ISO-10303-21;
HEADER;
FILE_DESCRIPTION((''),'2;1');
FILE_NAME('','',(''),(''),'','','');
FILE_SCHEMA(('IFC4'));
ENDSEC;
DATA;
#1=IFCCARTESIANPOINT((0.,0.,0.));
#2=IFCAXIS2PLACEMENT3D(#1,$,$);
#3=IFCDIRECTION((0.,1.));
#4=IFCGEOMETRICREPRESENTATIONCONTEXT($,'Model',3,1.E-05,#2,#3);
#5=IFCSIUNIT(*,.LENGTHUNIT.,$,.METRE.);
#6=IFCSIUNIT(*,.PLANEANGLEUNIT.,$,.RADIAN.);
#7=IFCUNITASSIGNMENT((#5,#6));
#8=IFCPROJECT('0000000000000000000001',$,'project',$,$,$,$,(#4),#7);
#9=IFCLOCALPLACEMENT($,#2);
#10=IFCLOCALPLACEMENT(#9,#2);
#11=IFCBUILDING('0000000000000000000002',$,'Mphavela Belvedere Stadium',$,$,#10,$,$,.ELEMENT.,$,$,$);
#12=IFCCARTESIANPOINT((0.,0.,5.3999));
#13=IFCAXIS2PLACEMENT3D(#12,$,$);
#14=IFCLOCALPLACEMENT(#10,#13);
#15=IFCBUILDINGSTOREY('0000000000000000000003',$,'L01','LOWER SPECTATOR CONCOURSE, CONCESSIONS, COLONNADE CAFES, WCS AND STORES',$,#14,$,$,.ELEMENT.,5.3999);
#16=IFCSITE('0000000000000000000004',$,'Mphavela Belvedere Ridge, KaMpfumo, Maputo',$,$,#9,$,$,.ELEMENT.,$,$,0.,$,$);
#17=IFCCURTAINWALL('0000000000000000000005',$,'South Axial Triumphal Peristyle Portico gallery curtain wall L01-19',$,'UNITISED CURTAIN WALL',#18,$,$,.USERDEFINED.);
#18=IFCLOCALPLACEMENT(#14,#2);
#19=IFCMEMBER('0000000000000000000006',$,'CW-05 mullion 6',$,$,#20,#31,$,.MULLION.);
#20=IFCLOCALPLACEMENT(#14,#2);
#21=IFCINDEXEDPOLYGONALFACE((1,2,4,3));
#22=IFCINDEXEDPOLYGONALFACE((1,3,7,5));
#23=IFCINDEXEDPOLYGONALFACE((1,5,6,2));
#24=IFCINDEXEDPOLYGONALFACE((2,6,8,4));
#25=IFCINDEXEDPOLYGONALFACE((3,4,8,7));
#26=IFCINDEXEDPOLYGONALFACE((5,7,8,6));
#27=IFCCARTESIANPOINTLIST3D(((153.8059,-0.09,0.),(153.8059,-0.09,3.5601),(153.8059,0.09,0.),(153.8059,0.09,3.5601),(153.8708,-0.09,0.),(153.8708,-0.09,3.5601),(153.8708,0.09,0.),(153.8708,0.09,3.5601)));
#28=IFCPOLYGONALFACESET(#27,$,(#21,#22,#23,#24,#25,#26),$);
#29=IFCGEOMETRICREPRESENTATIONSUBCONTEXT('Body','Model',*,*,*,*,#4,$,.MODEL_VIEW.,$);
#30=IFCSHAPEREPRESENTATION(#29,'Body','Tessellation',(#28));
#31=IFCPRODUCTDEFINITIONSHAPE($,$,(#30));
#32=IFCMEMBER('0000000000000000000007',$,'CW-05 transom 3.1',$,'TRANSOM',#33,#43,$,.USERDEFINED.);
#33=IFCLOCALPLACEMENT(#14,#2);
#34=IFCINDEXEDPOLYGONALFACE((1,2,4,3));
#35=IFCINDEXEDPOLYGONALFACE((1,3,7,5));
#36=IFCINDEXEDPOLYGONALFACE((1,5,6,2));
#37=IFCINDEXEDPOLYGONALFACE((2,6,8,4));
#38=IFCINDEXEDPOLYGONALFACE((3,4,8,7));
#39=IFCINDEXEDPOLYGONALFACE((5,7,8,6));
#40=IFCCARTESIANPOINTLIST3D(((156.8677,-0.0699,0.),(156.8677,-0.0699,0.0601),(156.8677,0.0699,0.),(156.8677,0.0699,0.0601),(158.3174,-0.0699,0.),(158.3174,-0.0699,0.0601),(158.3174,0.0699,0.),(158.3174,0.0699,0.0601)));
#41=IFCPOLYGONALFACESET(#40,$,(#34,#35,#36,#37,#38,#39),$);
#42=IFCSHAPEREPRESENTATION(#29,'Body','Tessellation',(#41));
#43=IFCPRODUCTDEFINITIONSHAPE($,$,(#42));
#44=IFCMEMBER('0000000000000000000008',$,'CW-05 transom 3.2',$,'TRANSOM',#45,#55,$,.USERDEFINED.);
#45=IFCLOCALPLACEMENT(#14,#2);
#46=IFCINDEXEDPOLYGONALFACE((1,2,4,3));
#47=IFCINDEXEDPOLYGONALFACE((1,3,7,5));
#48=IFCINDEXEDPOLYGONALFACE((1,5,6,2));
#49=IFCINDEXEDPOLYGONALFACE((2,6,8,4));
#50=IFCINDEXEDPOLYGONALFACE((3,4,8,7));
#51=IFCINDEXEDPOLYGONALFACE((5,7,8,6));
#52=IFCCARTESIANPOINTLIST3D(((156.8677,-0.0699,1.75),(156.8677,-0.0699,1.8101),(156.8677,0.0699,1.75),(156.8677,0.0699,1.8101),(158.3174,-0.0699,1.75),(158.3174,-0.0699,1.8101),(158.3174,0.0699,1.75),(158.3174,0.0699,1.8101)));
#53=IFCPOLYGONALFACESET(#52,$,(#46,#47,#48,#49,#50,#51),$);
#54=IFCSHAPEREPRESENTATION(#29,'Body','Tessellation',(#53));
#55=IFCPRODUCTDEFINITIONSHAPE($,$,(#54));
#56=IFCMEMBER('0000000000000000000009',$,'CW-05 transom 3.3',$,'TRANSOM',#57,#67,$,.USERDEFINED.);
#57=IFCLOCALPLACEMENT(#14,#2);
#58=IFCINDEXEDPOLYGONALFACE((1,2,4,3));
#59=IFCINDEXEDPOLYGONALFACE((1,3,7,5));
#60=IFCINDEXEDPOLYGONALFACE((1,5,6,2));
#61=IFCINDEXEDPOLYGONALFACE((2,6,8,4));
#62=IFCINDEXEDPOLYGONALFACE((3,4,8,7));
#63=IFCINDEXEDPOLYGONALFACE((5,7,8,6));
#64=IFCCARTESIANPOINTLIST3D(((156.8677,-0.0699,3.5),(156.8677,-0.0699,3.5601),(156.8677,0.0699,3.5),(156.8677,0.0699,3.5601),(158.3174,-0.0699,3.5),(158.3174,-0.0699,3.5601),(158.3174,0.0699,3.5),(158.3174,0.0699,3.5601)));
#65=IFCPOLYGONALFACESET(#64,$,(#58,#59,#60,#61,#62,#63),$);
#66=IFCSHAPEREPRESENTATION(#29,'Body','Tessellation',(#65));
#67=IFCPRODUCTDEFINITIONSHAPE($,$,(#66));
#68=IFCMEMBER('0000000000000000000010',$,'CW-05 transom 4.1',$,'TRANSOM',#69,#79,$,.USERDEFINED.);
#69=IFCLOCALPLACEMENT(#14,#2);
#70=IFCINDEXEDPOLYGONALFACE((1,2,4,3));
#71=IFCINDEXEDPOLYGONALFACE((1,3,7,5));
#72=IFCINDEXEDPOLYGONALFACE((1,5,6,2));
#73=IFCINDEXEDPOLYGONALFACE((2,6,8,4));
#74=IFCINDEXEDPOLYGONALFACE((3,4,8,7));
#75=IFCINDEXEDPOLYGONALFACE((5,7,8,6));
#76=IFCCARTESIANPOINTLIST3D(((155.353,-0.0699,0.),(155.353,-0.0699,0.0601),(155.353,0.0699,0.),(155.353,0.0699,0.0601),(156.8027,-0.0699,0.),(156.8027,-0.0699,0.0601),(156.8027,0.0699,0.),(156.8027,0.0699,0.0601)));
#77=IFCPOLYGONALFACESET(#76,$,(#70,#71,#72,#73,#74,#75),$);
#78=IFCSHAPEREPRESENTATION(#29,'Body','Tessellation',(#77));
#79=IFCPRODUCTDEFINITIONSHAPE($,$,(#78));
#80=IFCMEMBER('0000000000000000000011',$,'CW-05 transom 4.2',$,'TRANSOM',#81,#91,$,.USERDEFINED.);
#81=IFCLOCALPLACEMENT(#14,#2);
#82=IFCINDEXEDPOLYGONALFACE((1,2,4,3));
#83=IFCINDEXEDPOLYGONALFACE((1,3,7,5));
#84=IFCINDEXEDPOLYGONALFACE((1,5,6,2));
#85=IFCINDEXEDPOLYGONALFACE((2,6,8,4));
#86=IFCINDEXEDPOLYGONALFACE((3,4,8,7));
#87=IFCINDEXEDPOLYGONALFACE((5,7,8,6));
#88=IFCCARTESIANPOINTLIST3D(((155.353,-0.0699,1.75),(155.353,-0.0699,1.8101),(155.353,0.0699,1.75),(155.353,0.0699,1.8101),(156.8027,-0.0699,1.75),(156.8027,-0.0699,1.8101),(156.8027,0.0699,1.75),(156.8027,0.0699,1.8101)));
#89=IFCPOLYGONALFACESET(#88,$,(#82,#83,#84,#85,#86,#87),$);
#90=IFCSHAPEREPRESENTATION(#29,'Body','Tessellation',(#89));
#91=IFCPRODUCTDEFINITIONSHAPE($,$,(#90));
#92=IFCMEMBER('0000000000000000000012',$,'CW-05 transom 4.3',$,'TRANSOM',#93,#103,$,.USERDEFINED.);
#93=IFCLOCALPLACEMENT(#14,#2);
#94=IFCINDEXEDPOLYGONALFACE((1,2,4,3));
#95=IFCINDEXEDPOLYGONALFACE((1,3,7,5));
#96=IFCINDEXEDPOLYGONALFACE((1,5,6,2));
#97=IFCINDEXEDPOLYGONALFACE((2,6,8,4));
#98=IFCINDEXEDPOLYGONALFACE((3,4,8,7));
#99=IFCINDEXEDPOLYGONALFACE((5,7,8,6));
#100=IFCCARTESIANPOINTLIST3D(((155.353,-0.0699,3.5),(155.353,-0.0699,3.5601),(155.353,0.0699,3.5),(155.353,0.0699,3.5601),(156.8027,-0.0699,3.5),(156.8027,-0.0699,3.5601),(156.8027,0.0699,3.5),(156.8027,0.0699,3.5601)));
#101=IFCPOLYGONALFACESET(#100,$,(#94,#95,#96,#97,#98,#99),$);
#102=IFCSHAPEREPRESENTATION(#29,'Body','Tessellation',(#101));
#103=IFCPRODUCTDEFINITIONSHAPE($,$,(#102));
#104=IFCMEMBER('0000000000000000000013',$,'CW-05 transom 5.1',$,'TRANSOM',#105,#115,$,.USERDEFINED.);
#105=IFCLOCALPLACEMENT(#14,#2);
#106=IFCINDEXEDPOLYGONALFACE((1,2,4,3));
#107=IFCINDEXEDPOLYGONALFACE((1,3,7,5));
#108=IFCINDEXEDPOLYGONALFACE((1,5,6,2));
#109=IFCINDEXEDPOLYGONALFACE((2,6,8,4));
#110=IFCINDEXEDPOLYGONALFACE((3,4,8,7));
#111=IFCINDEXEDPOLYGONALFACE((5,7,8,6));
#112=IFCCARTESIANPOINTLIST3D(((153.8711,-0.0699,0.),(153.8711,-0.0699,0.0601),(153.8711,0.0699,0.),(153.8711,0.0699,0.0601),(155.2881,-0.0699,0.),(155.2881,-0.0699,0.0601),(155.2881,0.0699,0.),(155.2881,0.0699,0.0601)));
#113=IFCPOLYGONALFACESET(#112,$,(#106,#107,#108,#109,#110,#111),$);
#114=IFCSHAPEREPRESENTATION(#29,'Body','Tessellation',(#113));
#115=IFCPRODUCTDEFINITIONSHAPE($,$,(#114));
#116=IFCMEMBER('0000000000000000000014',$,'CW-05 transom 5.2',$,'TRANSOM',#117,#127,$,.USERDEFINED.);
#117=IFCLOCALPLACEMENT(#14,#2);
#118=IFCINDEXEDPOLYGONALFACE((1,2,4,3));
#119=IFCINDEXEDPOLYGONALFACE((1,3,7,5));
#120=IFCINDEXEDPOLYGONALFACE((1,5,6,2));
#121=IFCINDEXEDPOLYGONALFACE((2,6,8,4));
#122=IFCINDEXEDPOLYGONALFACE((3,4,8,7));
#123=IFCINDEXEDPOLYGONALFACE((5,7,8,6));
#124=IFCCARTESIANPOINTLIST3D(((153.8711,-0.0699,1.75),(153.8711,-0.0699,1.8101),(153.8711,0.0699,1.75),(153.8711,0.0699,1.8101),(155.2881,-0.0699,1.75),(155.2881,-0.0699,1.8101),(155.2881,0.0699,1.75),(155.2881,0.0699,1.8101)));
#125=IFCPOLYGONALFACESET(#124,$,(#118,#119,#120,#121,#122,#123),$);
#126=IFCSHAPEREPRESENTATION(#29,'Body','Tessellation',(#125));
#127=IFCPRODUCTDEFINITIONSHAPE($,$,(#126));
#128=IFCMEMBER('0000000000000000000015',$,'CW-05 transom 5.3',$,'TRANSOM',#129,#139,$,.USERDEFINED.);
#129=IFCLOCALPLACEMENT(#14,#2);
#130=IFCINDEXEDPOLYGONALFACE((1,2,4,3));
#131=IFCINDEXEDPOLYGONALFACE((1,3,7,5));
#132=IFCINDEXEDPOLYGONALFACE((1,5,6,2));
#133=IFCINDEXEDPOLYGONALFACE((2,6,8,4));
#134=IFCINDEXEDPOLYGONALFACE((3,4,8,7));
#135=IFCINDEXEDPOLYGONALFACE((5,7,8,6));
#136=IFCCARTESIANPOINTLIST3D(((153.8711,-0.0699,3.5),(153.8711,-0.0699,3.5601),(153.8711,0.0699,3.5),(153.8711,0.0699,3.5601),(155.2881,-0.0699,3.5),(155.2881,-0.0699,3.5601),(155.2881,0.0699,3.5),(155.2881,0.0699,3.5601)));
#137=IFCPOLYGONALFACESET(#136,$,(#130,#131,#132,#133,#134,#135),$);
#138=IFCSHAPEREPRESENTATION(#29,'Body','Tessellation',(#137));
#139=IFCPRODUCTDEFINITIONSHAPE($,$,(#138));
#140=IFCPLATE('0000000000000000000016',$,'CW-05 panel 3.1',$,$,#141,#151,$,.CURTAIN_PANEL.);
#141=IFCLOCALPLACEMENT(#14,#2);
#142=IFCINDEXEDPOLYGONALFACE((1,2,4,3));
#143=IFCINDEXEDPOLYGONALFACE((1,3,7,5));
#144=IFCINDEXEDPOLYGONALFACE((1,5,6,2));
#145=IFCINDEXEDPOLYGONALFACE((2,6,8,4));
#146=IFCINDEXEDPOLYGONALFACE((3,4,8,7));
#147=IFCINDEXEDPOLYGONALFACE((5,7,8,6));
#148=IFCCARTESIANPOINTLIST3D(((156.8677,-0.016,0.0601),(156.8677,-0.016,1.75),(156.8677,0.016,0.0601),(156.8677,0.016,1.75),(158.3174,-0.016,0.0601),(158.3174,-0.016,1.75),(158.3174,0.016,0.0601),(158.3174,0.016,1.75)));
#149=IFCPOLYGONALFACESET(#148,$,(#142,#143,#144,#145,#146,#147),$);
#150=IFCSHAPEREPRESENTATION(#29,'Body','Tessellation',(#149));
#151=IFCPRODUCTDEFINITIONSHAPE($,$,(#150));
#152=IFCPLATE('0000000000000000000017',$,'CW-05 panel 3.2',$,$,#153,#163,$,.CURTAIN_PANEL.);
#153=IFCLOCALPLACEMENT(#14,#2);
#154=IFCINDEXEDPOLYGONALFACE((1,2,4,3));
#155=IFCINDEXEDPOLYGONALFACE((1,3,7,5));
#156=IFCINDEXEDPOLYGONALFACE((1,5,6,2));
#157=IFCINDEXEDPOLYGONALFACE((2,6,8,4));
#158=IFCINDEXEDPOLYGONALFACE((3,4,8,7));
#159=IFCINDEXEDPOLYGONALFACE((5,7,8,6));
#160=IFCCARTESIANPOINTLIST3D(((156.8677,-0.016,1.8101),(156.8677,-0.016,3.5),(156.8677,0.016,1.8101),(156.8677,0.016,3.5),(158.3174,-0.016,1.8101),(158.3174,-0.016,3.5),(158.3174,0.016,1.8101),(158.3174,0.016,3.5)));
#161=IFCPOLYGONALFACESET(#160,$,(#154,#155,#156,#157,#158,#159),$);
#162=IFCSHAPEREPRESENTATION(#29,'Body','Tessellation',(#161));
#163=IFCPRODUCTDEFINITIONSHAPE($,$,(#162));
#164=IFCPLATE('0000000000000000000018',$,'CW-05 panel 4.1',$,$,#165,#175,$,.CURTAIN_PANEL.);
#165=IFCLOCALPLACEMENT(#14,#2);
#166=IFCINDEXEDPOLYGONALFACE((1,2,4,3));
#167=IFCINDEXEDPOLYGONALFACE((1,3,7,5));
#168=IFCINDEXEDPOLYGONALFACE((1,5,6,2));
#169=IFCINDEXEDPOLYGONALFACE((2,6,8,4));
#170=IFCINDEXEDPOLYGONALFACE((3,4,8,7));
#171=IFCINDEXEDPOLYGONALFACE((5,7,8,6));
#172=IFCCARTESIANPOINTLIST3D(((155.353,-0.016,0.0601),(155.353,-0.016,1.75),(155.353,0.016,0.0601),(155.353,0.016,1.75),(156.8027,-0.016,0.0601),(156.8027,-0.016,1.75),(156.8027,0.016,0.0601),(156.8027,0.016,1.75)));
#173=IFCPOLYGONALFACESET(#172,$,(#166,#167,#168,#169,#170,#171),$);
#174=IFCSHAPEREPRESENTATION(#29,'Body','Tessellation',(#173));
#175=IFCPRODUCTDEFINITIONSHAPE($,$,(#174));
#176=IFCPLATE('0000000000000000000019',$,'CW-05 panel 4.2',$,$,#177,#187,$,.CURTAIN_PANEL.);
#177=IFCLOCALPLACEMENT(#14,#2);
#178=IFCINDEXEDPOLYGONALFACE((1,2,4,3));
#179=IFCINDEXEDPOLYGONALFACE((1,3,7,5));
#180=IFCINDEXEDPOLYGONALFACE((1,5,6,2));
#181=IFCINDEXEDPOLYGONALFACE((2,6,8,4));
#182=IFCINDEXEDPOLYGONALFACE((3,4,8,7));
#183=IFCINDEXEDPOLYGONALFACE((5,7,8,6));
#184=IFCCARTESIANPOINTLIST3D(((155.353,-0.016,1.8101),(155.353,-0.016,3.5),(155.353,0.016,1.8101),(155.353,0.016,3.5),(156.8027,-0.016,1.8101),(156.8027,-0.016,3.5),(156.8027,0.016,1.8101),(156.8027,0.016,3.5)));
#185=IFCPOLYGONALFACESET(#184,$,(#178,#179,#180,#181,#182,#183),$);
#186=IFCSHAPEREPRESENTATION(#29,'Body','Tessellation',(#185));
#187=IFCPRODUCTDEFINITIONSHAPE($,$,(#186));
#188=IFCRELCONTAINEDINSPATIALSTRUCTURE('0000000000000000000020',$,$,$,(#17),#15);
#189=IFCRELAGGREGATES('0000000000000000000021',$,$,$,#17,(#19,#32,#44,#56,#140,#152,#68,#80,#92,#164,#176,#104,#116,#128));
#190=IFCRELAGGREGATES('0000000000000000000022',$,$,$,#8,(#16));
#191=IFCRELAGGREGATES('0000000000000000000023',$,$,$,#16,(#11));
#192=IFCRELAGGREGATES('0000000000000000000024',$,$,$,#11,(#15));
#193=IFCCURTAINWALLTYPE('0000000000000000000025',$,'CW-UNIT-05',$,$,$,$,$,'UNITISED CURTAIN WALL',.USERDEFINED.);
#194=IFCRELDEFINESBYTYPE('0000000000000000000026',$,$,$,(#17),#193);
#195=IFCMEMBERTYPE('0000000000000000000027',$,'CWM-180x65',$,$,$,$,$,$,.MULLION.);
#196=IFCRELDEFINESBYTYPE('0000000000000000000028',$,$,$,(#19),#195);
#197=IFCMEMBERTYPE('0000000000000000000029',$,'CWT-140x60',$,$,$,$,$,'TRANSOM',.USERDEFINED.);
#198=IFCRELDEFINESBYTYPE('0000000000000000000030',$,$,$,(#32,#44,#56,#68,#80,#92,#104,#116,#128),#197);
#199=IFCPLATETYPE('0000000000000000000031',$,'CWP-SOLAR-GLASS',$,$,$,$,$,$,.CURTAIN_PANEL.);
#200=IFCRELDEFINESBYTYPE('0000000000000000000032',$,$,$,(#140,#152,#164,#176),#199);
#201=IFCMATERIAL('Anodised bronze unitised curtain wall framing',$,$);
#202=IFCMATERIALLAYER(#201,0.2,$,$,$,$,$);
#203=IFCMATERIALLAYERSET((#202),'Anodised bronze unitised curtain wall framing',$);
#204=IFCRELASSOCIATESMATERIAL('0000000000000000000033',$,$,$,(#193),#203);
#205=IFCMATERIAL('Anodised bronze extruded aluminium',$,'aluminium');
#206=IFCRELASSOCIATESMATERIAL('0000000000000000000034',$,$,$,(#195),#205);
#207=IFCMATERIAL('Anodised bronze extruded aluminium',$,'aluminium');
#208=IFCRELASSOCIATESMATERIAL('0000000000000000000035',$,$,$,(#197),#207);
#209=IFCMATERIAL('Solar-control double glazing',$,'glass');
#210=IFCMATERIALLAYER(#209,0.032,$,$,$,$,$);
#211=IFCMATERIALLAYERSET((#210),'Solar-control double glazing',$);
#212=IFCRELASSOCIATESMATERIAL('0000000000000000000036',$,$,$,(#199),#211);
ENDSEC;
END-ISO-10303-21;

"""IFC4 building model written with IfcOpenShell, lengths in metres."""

from ifc_helpers import new_model, si_unit, direction, frame, origin, origin_2d, place, context, subcontext, project, spatial, rectangle, extrude, material, layer, layer_set, material_profile, profile_set, type_object, element, aggregate, save


model = new_model("IFC4")

# Units and contexts
model_context = context("Model", 3, precision=1e-05, world=origin(), true_north=direction((0.0, 1.0)))
body_context = subcontext(model_context, "Body", "Model", "MODEL_VIEW")
ifc_project = project(units=[si_unit("LENGTHUNIT", "METRE"), si_unit("PLANEANGLEUNIT", "RADIAN")], contexts=[model_context])

# Site, building, storey
site_placement = place(None, origin())
site = spatial("IfcSite", under=ifc_project, at=site_placement, Name="Mphavela Belvedere Ridge, KaMpfumo, Maputo", CompositionType="ELEMENT", RefElevation=0.0)
building_placement = place(site_placement, origin())
building = spatial("IfcBuilding", under=site, at=building_placement, Name="Mphavela Belvedere Stadium", CompositionType="ELEMENT")
storey_placement = place(building_placement, frame((0.0, 0.0, 5.3999)))
storey = spatial("IfcBuildingStorey", under=building, at=storey_placement, Name="L01", Description="LOWER SPECTATOR CONCOURSE, CONCESSIONS, COLONNADE CAFES, WCS AND STORES", CompositionType="ELEMENT", Elevation=5.3999)

# Curtain wall, members, plates
ifc_material_1 = material(Name="Anodised bronze unitised curtain wall framing")
ifc_layer_1 = layer(ifc_material_1, 0.2)
ifc_layer_set_1 = layer_set([ifc_layer_1], Name="Anodised bronze unitised curtain wall framing")
curtain_wall_type = type_object("IfcCurtainWallType", Name="CW-UNIT-05", ElementType="UNITISED CURTAIN WALL", PredefinedType="USERDEFINED", material=ifc_layer_set_1)
curtain_wall_placement = place(storey_placement, origin())
curtain_wall = element("IfcCurtainWall", 1, at=curtain_wall_placement, inside=storey, type_object=curtain_wall_type, Name="South Axial Triumphal Peristyle Portico gallery curtain wall L01-19", ObjectType="UNITISED CURTAIN WALL", PredefinedType="USERDEFINED")
ifc_material_2 = material(Name="Anodised bronze extruded aluminium", Category="aluminium")
ifc_material_profile_1 = material_profile(ifc_material_2, rectangle(XDim=0.1799, YDim=0.0649, at=origin_2d()), Name="CW-MUL 180x65")
ifc_profile_set_1 = profile_set([ifc_material_profile_1], Name="Anodised bronze extruded aluminium")
member_type_1 = type_object("IfcMemberType", Name="CWM-180x65", PredefinedType="MULLION", material=ifc_profile_set_1)
member_1_placement = place(storey_placement, frame((153.8384, 0.0, 0.0), z_axis=(0.0, 0.0, 1.0), x_axis=(0.0, -1.0, 0.0)))
member_1 = element("IfcMember", 2, at=member_1_placement, type_object=member_type_1, Name="CW-05 mullion 6", PredefinedType="MULLION", context=body_context, shape_type="SweptSolid", body=[
    extrude(rectangle(XDim=0.1799, YDim=0.0649, at=origin_2d()), origin(), (0.0, 0.0, 1.0), 3.5601),
])
ifc_material_3 = material(Name="Anodised bronze extruded aluminium", Category="aluminium")
ifc_material_profile_2 = material_profile(ifc_material_3, rectangle(XDim=0.1399, YDim=0.0601, at=origin_2d()), Name="CW-TRN 140x60")
ifc_profile_set_2 = profile_set([ifc_material_profile_2], Name="Anodised bronze extruded aluminium")
member_type_2 = type_object("IfcMemberType", Name="CWT-140x60", ElementType="TRANSOM", PredefinedType="USERDEFINED", material=ifc_profile_set_2)
member_2_placement = place(storey_placement, frame((158.3174, 0.0, 0.03), z_axis=(-1.0, 0.0, 0.0), x_axis=(0.0, -1.0, 0.0)))
member_2 = element("IfcMember", 3, at=member_2_placement, type_object=member_type_2, Name="CW-05 transom 3.1", ObjectType="TRANSOM", PredefinedType="USERDEFINED", context=body_context, shape_type="SweptSolid", body=[
    extrude(rectangle(XDim=0.1399, YDim=0.0601, at=origin_2d()), origin(), (0.0, 0.0, 1.0), 1.4497),
])
member_3_placement = place(storey_placement, frame((158.3174, 0.0, 1.78), z_axis=(-1.0, 0.0, 0.0), x_axis=(0.0, -1.0, 0.0)))
member_3 = element("IfcMember", 4, at=member_3_placement, type_object=member_type_2, Name="CW-05 transom 3.2", ObjectType="TRANSOM", PredefinedType="USERDEFINED", context=body_context, shape_type="SweptSolid", body=[
    extrude(rectangle(XDim=0.1399, YDim=0.0601, at=origin_2d()), origin(), (0.0, 0.0, 1.0), 1.4497),
])
member_4_placement = place(storey_placement, frame((158.3174, 0.0, 3.53), z_axis=(-1.0, 0.0, 0.0), x_axis=(0.0, -1.0, 0.0)))
member_4 = element("IfcMember", 5, at=member_4_placement, type_object=member_type_2, Name="CW-05 transom 3.3", ObjectType="TRANSOM", PredefinedType="USERDEFINED", context=body_context, shape_type="SweptSolid", body=[
    extrude(rectangle(XDim=0.1399, YDim=0.0601, at=origin_2d()), origin(), (0.0, 0.0, 1.0), 1.4497),
])
member_5_placement = place(storey_placement, frame((156.8027, 0.0, 0.03), z_axis=(-1.0, 0.0, 0.0), x_axis=(0.0, -1.0, 0.0)))
member_5 = element("IfcMember", 6, at=member_5_placement, type_object=member_type_2, Name="CW-05 transom 4.1", ObjectType="TRANSOM", PredefinedType="USERDEFINED", context=body_context, shape_type="SweptSolid", body=[
    extrude(rectangle(XDim=0.1399, YDim=0.0601, at=origin_2d()), origin(), (0.0, 0.0, 1.0), 1.4497),
])
member_6_placement = place(storey_placement, frame((156.8027, 0.0, 1.78), z_axis=(-1.0, 0.0, 0.0), x_axis=(0.0, -1.0, 0.0)))
member_6 = element("IfcMember", 7, at=member_6_placement, type_object=member_type_2, Name="CW-05 transom 4.2", ObjectType="TRANSOM", PredefinedType="USERDEFINED", context=body_context, shape_type="SweptSolid", body=[
    extrude(rectangle(XDim=0.1399, YDim=0.0601, at=origin_2d()), origin(), (0.0, 0.0, 1.0), 1.4497),
])
member_7_placement = place(storey_placement, frame((156.8027, 0.0, 3.53), z_axis=(-1.0, 0.0, 0.0), x_axis=(0.0, -1.0, 0.0)))
member_7 = element("IfcMember", 8, at=member_7_placement, type_object=member_type_2, Name="CW-05 transom 4.3", ObjectType="TRANSOM", PredefinedType="USERDEFINED", context=body_context, shape_type="SweptSolid", body=[
    extrude(rectangle(XDim=0.1399, YDim=0.0601, at=origin_2d()), origin(), (0.0, 0.0, 1.0), 1.4497),
])
member_8_placement = place(storey_placement, frame((155.2881, 0.0, 0.03), z_axis=(-1.0, 0.0, 0.0), x_axis=(0.0, -1.0, 0.0)))
member_8 = element("IfcMember", 9, at=member_8_placement, type_object=member_type_2, Name="CW-05 transom 5.1", ObjectType="TRANSOM", PredefinedType="USERDEFINED", context=body_context, shape_type="SweptSolid", body=[
    extrude(rectangle(XDim=0.1399, YDim=0.0601, at=origin_2d()), origin(), (0.0, 0.0, 1.0), 1.417),
])
member_9_placement = place(storey_placement, frame((155.2881, 0.0, 1.78), z_axis=(-1.0, 0.0, 0.0), x_axis=(0.0, -1.0, 0.0)))
member_9 = element("IfcMember", 10, at=member_9_placement, type_object=member_type_2, Name="CW-05 transom 5.2", ObjectType="TRANSOM", PredefinedType="USERDEFINED", context=body_context, shape_type="SweptSolid", body=[
    extrude(rectangle(XDim=0.1399, YDim=0.0601, at=origin_2d()), origin(), (0.0, 0.0, 1.0), 1.417),
])
member_10_placement = place(storey_placement, frame((155.2881, 0.0, 3.53), z_axis=(-1.0, 0.0, 0.0), x_axis=(0.0, -1.0, 0.0)))
member_10 = element("IfcMember", 11, at=member_10_placement, type_object=member_type_2, Name="CW-05 transom 5.3", ObjectType="TRANSOM", PredefinedType="USERDEFINED", context=body_context, shape_type="SweptSolid", body=[
    extrude(rectangle(XDim=0.1399, YDim=0.0601, at=origin_2d()), origin(), (0.0, 0.0, 1.0), 1.417),
])
ifc_material_4 = material(Name="Solar-control double glazing", Category="glass")
ifc_layer_2 = layer(ifc_material_4, 0.032)
ifc_layer_set_2 = layer_set([ifc_layer_2], Name="Solar-control double glazing")
plate_type = type_object("IfcPlateType", Name="CWP-SOLAR-GLASS", PredefinedType="CURTAIN_PANEL", material=ifc_layer_set_2)
plate_1_placement = place(storey_placement, frame((157.5925, 0.0, 0.0601), z_axis=(0.0, 0.0, 1.0), x_axis=(-1.0, 0.0, 0.0)))
plate_1 = element("IfcPlate", 12, at=plate_1_placement, type_object=plate_type, Name="CW-05 panel 3.1", PredefinedType="CURTAIN_PANEL", context=body_context, shape_type="SweptSolid", body=[
    extrude(rectangle(XDim=1.4497, YDim=0.032, at=origin_2d()), origin(), (0.0, 0.0, 1.0), 1.6899),
])
plate_2_placement = place(storey_placement, frame((157.5925, 0.0, 1.8101), z_axis=(0.0, 0.0, 1.0), x_axis=(-1.0, 0.0, 0.0)))
plate_2 = element("IfcPlate", 13, at=plate_2_placement, type_object=plate_type, Name="CW-05 panel 3.2", PredefinedType="CURTAIN_PANEL", context=body_context, shape_type="SweptSolid", body=[
    extrude(rectangle(XDim=1.4497, YDim=0.032, at=origin_2d()), origin(), (0.0, 0.0, 1.0), 1.6899),
])
plate_3_placement = place(storey_placement, frame((156.0779, 0.0, 0.0601), z_axis=(0.0, 0.0, 1.0), x_axis=(-1.0, 0.0, 0.0)))
plate_3 = element("IfcPlate", 14, at=plate_3_placement, type_object=plate_type, Name="CW-05 panel 4.1", PredefinedType="CURTAIN_PANEL", context=body_context, shape_type="SweptSolid", body=[
    extrude(rectangle(XDim=1.4497, YDim=0.032, at=origin_2d()), origin(), (0.0, 0.0, 1.0), 1.6899),
])
plate_4_placement = place(storey_placement, frame((156.0779, 0.0, 1.8101), z_axis=(0.0, 0.0, 1.0), x_axis=(-1.0, 0.0, 0.0)))
plate_4 = element("IfcPlate", 15, at=plate_4_placement, type_object=plate_type, Name="CW-05 panel 4.2", PredefinedType="CURTAIN_PANEL", context=body_context, shape_type="SweptSolid", body=[
    extrude(rectangle(XDim=1.4497, YDim=0.032, at=origin_2d()), origin(), (0.0, 0.0, 1.0), 1.6899),
])
aggregate(curtain_wall, [member_1, member_2, member_3, member_4, plate_1, plate_2, member_5, member_6, member_7, plate_3, plate_4, member_8, member_9, member_10])

save(model, "model.ifc")
